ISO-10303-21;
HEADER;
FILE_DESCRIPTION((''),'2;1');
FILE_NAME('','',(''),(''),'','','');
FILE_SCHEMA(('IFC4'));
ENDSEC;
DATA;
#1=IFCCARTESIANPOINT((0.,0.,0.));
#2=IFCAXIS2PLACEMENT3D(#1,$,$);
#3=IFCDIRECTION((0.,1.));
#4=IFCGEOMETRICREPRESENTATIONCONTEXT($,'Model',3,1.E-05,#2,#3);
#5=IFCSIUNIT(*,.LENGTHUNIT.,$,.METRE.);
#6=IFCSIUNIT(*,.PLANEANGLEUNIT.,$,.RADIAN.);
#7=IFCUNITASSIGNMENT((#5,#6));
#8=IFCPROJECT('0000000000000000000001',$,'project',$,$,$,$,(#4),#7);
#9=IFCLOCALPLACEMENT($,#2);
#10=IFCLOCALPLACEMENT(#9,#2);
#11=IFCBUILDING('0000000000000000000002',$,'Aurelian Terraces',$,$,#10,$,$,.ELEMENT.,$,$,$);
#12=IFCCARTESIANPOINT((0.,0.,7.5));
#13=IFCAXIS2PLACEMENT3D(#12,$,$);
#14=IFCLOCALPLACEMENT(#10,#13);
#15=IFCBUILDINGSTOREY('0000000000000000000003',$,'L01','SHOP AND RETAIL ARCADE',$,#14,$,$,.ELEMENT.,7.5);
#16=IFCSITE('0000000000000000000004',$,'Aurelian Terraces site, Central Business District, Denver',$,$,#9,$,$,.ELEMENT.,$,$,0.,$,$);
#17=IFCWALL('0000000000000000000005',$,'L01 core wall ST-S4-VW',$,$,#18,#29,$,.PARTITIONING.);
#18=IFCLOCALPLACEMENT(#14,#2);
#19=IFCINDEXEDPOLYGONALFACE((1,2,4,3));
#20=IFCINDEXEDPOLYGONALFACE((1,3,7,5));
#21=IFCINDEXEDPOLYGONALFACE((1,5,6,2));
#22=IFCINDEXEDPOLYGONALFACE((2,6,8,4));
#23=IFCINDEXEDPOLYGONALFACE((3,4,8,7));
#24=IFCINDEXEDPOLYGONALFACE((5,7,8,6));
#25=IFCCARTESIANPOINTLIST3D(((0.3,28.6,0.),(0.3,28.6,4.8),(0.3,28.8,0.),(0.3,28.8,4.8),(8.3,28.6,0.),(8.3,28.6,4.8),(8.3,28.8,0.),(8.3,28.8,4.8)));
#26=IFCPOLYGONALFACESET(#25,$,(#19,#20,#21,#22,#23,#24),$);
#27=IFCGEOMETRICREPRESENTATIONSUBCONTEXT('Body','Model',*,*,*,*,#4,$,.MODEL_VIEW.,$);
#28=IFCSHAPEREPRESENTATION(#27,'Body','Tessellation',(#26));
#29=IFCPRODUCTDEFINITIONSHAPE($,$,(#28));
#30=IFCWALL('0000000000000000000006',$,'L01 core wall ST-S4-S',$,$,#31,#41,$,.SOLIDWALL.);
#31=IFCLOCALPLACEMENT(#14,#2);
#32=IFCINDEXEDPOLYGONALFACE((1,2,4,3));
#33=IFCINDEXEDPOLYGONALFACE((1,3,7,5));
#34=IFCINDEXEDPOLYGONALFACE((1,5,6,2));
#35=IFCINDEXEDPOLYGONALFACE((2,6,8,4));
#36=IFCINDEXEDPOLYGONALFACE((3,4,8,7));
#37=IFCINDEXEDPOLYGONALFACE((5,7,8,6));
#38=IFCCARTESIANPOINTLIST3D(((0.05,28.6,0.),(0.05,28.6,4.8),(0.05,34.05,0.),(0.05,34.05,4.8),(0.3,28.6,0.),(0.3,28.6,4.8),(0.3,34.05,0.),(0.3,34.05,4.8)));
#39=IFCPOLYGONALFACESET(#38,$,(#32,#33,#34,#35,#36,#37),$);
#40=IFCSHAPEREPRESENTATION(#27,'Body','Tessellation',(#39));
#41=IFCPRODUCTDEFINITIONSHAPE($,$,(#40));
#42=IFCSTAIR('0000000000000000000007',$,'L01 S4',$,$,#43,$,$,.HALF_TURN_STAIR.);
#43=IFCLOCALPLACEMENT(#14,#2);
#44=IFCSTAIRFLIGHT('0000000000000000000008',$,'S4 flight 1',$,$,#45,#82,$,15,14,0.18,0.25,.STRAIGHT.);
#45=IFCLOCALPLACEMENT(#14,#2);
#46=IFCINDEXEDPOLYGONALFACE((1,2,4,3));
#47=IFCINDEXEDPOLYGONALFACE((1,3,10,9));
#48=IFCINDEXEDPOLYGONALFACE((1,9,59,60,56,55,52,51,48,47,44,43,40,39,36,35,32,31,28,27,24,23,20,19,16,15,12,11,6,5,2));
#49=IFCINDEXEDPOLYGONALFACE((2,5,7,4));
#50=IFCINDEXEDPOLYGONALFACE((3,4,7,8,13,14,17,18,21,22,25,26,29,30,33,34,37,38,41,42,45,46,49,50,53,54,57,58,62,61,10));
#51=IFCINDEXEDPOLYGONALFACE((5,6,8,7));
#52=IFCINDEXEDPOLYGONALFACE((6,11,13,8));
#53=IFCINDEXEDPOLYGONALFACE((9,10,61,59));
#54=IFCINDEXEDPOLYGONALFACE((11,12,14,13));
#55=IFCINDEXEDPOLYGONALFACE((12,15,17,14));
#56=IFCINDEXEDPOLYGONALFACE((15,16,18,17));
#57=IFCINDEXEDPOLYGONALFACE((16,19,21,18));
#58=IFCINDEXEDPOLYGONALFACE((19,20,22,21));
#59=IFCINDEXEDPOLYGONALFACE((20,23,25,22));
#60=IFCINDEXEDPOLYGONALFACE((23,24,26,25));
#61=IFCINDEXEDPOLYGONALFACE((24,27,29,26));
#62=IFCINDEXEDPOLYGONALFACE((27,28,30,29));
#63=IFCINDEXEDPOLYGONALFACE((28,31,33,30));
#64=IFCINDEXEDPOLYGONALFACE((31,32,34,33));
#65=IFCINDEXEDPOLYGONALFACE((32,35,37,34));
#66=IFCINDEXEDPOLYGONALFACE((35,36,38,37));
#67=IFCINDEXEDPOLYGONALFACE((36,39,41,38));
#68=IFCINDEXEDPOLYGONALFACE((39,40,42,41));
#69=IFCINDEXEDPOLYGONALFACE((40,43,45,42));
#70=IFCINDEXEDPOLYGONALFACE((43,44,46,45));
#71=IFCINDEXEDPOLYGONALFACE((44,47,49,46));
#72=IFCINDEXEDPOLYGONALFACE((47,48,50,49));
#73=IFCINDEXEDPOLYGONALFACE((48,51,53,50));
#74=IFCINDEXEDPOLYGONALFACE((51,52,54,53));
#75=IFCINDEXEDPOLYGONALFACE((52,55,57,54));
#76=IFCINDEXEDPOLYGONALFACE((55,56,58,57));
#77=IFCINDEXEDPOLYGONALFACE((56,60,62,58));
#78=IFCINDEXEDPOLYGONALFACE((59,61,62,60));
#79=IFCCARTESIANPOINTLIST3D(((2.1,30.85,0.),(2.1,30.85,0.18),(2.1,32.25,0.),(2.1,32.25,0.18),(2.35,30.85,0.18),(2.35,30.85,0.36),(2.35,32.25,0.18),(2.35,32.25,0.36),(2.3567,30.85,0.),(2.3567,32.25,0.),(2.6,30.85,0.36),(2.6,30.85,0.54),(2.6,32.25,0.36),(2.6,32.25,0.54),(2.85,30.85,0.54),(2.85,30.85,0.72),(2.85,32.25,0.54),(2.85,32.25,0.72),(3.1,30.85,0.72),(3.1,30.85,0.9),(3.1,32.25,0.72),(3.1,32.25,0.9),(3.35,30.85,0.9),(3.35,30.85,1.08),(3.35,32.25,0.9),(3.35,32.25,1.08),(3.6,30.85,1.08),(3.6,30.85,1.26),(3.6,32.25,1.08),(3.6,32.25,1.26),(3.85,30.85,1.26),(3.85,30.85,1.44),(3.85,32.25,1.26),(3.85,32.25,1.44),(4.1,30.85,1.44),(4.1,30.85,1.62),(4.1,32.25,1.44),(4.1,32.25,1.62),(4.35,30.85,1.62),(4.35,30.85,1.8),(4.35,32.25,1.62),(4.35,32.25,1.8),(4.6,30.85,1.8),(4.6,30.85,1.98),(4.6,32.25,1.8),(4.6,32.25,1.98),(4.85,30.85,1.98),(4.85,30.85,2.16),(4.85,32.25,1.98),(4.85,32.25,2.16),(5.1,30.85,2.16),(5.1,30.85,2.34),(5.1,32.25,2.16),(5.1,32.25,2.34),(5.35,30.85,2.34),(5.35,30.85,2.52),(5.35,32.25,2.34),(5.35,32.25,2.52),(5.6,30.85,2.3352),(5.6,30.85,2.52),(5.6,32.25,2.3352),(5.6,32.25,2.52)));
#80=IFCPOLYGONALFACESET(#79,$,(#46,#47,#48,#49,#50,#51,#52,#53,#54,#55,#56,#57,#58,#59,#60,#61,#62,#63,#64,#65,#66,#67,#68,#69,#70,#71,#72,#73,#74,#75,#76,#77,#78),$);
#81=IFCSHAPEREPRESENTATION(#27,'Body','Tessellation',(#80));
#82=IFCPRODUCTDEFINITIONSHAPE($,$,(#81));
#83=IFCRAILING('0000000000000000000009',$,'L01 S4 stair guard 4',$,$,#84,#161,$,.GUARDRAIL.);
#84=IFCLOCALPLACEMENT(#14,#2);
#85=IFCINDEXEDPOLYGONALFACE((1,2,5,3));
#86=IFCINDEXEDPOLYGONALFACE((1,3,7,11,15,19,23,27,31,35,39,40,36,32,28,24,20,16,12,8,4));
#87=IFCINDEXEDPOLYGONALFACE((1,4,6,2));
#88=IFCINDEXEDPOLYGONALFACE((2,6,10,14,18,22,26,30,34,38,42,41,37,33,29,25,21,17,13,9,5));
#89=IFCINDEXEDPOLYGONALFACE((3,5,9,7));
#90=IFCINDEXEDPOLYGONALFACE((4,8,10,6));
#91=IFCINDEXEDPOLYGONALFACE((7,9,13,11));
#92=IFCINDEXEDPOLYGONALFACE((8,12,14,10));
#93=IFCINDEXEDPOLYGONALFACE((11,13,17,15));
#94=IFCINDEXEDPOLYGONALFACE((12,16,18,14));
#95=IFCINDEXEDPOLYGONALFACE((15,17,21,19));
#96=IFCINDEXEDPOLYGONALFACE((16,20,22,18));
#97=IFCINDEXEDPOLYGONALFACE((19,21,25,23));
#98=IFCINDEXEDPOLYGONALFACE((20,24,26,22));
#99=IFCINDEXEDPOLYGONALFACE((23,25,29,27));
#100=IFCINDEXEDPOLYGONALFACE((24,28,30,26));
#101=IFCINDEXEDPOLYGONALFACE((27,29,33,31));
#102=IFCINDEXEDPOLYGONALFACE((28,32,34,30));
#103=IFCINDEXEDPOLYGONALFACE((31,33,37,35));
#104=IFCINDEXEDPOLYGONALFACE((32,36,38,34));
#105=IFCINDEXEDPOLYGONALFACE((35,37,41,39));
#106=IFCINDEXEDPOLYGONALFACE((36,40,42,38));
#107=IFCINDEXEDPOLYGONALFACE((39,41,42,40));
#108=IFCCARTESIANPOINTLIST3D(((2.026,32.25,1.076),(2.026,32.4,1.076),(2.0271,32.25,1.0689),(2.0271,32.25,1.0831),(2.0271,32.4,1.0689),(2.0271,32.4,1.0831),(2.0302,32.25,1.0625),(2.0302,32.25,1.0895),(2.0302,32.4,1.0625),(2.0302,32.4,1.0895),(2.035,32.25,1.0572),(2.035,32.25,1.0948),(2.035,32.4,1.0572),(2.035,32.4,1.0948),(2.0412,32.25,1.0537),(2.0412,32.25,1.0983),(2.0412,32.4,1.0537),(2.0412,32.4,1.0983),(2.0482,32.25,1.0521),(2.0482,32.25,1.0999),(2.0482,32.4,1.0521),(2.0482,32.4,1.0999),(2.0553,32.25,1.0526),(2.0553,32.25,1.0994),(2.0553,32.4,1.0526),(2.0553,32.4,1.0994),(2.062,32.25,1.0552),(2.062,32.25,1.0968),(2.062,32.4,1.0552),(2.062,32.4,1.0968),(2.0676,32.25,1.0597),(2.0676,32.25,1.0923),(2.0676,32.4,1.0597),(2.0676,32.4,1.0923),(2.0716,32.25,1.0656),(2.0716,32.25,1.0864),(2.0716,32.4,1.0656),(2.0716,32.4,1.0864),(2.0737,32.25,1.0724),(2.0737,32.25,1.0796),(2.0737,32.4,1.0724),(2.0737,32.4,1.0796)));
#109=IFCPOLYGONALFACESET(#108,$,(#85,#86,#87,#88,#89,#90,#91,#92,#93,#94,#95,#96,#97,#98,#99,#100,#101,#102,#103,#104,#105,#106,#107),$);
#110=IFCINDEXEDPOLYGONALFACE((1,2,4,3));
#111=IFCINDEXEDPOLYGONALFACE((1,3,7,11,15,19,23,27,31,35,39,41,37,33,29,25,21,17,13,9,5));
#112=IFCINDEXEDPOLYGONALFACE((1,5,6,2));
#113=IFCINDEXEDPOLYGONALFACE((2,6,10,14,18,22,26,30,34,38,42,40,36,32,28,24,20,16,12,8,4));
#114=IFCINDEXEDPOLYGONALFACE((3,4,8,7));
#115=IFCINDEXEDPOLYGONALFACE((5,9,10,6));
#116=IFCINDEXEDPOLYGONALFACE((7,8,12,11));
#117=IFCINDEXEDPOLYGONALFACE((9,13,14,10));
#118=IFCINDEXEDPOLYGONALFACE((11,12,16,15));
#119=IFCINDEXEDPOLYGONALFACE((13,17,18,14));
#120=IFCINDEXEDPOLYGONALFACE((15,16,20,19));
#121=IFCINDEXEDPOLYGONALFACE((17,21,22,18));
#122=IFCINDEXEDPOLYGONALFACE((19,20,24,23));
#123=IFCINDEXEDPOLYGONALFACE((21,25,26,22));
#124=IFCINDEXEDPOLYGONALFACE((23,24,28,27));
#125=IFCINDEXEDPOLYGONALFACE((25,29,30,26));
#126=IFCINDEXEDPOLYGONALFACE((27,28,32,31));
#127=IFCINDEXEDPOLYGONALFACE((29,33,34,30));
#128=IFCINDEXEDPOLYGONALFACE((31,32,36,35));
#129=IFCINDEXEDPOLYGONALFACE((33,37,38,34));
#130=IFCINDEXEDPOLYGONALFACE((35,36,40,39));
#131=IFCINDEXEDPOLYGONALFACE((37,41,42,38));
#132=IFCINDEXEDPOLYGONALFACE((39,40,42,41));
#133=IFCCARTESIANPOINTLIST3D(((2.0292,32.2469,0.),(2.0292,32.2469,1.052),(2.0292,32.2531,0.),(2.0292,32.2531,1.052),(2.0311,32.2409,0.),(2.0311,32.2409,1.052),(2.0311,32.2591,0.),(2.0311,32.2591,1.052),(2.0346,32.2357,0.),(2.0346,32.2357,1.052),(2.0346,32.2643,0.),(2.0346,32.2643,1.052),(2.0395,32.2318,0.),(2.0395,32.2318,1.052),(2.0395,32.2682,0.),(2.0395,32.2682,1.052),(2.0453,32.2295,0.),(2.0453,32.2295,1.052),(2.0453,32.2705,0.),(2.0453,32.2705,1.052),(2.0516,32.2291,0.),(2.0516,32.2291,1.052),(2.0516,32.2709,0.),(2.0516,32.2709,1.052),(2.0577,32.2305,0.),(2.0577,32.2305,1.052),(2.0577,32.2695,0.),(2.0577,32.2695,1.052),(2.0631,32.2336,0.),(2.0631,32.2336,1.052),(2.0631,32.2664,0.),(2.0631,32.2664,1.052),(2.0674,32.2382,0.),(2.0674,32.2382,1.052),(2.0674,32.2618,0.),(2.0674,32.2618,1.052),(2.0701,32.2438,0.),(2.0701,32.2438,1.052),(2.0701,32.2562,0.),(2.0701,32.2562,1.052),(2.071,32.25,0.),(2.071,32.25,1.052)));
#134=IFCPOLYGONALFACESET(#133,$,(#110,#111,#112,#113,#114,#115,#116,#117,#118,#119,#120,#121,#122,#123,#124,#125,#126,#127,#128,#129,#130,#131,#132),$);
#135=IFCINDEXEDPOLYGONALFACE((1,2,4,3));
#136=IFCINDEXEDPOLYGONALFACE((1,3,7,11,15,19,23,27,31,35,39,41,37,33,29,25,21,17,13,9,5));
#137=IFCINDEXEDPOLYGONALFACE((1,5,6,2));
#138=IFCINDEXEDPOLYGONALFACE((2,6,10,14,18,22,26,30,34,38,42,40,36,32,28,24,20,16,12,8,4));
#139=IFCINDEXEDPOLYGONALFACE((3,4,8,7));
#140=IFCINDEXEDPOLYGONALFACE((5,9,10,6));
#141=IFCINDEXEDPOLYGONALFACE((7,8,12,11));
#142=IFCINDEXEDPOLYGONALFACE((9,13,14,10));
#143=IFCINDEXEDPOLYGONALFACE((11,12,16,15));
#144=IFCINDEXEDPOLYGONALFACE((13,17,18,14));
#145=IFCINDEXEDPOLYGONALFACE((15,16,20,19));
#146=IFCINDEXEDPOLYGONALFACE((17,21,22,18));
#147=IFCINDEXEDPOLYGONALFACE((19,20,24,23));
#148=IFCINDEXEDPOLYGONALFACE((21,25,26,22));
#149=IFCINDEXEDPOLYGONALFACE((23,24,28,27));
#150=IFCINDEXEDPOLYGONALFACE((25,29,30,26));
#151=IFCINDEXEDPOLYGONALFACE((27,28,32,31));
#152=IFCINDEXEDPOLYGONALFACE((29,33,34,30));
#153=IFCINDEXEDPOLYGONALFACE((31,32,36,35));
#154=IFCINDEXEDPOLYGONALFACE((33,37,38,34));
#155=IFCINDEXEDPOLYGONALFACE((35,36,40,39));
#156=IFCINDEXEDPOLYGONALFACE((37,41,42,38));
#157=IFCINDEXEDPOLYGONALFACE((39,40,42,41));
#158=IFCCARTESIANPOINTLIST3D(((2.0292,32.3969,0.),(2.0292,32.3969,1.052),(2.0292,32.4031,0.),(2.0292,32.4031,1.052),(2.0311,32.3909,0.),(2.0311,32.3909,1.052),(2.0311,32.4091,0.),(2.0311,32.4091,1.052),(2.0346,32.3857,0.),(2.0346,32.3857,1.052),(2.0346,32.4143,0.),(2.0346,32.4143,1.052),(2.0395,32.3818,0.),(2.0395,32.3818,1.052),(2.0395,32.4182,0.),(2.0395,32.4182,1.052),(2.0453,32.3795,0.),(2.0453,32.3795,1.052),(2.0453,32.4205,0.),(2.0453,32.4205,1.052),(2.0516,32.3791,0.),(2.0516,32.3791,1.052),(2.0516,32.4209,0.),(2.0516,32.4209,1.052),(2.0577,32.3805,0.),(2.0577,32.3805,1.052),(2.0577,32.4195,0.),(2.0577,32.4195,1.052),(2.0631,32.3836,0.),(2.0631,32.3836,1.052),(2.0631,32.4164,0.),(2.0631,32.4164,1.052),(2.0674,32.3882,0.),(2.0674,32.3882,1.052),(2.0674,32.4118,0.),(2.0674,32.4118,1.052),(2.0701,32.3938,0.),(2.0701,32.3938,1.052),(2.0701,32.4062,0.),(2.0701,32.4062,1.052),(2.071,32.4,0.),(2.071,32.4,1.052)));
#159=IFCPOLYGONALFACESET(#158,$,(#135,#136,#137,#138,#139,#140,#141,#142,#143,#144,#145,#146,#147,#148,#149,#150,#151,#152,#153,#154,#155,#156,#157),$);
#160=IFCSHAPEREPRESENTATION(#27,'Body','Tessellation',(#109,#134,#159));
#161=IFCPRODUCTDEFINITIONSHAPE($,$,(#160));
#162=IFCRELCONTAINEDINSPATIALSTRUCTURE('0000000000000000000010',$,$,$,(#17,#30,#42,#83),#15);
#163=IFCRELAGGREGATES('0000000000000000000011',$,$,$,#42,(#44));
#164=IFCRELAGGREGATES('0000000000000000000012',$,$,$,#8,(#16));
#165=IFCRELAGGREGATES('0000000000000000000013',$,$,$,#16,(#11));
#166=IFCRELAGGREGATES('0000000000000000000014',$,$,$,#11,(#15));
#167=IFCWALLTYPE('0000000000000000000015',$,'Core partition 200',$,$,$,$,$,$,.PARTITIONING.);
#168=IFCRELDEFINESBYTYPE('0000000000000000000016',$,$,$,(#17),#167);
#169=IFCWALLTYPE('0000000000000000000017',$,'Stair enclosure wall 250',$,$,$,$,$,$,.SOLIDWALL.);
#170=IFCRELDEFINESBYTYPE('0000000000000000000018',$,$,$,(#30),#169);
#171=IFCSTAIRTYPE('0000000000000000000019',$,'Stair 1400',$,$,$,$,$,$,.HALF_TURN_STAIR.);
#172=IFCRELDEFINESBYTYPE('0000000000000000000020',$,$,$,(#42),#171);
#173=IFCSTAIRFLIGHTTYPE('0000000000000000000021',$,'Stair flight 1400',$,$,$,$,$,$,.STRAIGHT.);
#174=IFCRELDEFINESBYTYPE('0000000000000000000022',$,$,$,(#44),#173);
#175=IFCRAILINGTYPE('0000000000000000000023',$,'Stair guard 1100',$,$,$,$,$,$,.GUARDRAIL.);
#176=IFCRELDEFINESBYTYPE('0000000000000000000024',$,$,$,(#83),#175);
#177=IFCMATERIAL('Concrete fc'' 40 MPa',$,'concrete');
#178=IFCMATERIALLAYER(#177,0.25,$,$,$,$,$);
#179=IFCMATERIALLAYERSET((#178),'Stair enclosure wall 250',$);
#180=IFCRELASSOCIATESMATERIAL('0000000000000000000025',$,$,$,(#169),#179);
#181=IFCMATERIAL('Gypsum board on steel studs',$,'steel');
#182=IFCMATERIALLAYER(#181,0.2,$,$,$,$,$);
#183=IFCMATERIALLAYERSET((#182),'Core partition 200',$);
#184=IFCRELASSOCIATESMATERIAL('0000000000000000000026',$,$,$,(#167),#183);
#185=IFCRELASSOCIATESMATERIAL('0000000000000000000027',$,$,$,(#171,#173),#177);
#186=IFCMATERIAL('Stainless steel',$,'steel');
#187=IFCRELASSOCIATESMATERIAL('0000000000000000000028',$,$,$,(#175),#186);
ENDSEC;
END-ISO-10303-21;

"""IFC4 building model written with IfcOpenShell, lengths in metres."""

from ifc_helpers import new_model, si_unit, direction, frame, frame_2d, origin, origin_2d, place, context, subcontext, project, spatial, polyline, rectangle, circle, outline, extrude, source, transform, mapped, material, layer, layer_set, type_object, element, aggregate, save


model = new_model("IFC4")

# Units and contexts
model_context = context("Model", 3, precision=1e-05, world=origin(), true_north=direction((0.0, 1.0)))
body_context = subcontext(model_context, "Body", "Model", "MODEL_VIEW")
ifc_project = project(units=[si_unit("LENGTHUNIT", "METRE"), si_unit("PLANEANGLEUNIT", "RADIAN")], contexts=[model_context])

# Site, building, storey
site_placement = place(None, origin())
site = spatial("IfcSite", under=ifc_project, at=site_placement, Name="Aurelian Terraces site, Central Business District, Denver", CompositionType="ELEMENT", RefElevation=0.0)
building_placement = place(site_placement, origin())
building = spatial("IfcBuilding", under=site, at=building_placement, Name="Aurelian Terraces", CompositionType="ELEMENT")
storey_placement = place(building_placement, frame((0.0, 0.0, 7.5)))
storey = spatial("IfcBuildingStorey", under=building, at=storey_placement, Name="L01", Description="SHOP AND RETAIL ARCADE", CompositionType="ELEMENT", Elevation=7.5)

# Shared definitions
ifc_material_1 = material(Name="Concrete fc' 40 MPa", Category="concrete")
ifc_layer_1 = layer(ifc_material_1, 0.25)
ifc_layer_set_1 = layer_set([ifc_layer_1], Name="Stair enclosure wall 250")
wall_type_1 = type_object("IfcWallType", Name="Stair enclosure wall 250", PredefinedType="SOLIDWALL", material=ifc_layer_set_1)

# Walls
ifc_material_2 = material(Name="Gypsum board on steel studs", Category="steel")
ifc_layer_2 = layer(ifc_material_2, 0.2)
ifc_layer_set_2 = layer_set([ifc_layer_2], Name="Core partition 200")
wall_type_2 = type_object("IfcWallType", Name="Core partition 200", PredefinedType="PARTITIONING", material=ifc_layer_set_2)
shared_shape_1 = source(origin(), body_context, "Body", "SweptSolid", [
    extrude(rectangle(XDim=8.0, YDim=0.2, at=frame_2d((4.0, 0.0))), origin(), (0.0, 0.0, 1.0), 4.8),
])
wall_1_placement = place(storey_placement, frame((0.3, 28.7, 0.0), z_axis=(0.0, 0.0, 1.0), x_axis=(1.0, 0.0, 0.0)))
element("IfcWall", 1, at=wall_1_placement, inside=storey, type_object=wall_type_2, Name="L01 core wall ST-S4-VW", PredefinedType="PARTITIONING", context=body_context, shape_type="MappedRepresentation", body=[
    mapped(shared_shape_1, transform((0.0, 0.0, 0.0), scale=1.0)),
])
shared_shape_2 = source(origin(), body_context, "Body", "SweptSolid", [
    extrude(rectangle(XDim=5.45, YDim=0.25, at=frame_2d((2.725, 0.0))), origin(), (0.0, 0.0, 1.0), 4.8),
])
wall_2_placement = place(storey_placement, frame((0.175, 28.6, 0.0), z_axis=(0.0, 0.0, 1.0), x_axis=(0.0, 1.0, 0.0)))
element("IfcWall", 2, at=wall_2_placement, inside=storey, type_object=wall_type_1, Name="L01 core wall ST-S4-S", PredefinedType="SOLIDWALL", context=body_context, shape_type="MappedRepresentation", body=[
    mapped(shared_shape_2, transform((0.0, 0.0, 0.0), scale=1.0)),
])

# Stair, stair flight
stair_type = type_object("IfcStairType", Name="Stair 1400", PredefinedType="HALF_TURN_STAIR", material=ifc_material_1)
stair_placement = place(storey_placement, origin())
stair = element("IfcStair", 3, at=stair_placement, inside=storey, type_object=stair_type, Name="L01 S4", PredefinedType="HALF_TURN_STAIR")
stair_flight_type = type_object("IfcStairFlightType", Name="Stair flight 1400", PredefinedType="STRAIGHT", material=ifc_material_1)
shared_shape_3 = source(origin(), body_context, "Body", "SweptSolid", [
    extrude(outline(polyline([(0.0, 0.0), (0.0, 0.18), (0.25, 0.18), (0.25, 0.36), (0.5, 0.36), (0.5, 0.54), (0.75, 0.54), (0.75, 0.72), (1.0, 0.72), (1.0, 0.9), (1.25, 0.9), (1.25, 1.08), (1.5, 1.08), (1.5, 1.26), (1.75, 1.26), (1.75, 1.44), (2.0, 1.44), (2.0, 1.62), (2.25, 1.62), (2.25, 1.8), (2.5, 1.8), (2.5, 1.98), (2.75, 1.98), (2.75, 2.16), (3.0, 2.16), (3.0, 2.34), (3.25, 2.34), (3.25, 2.52), (3.5, 2.52), (3.5, 2.7), (3.5, 2.3352), (0.2567, 0.0), (0.0, 0.0)])), frame((0.0, 0.7, 0.0), z_axis=(0.0, -1.0, 0.0), x_axis=(1.0, 0.0, 0.0)), (0.0, 0.0, 1.0), 1.4),
])
stair_flight_placement = place(storey_placement, frame((2.1, 31.55, 0.0), z_axis=(0.0, 0.0, 1.0), x_axis=(1.0, 0.0, 0.0)))
stair_flight = element("IfcStairFlight", 4, at=stair_flight_placement, type_object=stair_flight_type, Name="S4 flight 1", NumberOfRisers=15, NumberOfTreads=14, PredefinedType="STRAIGHT", RiserHeight=0.18, TreadLength=0.25, context=body_context, shape_type="MappedRepresentation", body=[
    mapped(shared_shape_3, transform((0.0, 0.0, 0.0), scale=1.0)),
])
aggregate(stair, [stair_flight])

# Railing
ifc_material_3 = material(Name="Stainless steel", Category="steel")
railing_type_1 = type_object("IfcRailingType", Name="Stair guard 1100", PredefinedType="GUARDRAIL", material=ifc_material_3)
shared_shape_4 = source(origin(), body_context, "Body", "SweptSolid", [
    extrude(circle(Radius=0.024, at=origin_2d()), frame((0.0, 0.0, 1.076), z_axis=(0.0, 1.0, 0.0), x_axis=(-1.0, 0.0, 0.0)), (0.0, 0.0, 1.0), 0.15),
    extrude(circle(Radius=0.021, at=origin_2d()), origin(), (0.0, 0.0, 1.0), 1.052),
    extrude(circle(Radius=0.021, at=origin_2d()), frame((0.0, 0.15, 0.0)), (0.0, 0.0, 1.0), 1.052),
])
railing_1_placement = place(storey_placement, frame((2.05, 32.25, 0.0)))
element("IfcRailing", 5, at=railing_1_placement, inside=storey, type_object=railing_type_1, Name="L01 S4 stair guard 4", PredefinedType="GUARDRAIL", context=body_context, shape_type="MappedRepresentation", body=[
    mapped(shared_shape_4, transform((0.0, 0.0, 0.0), scale=1.0)),
])

save(model, "model.ifc")
